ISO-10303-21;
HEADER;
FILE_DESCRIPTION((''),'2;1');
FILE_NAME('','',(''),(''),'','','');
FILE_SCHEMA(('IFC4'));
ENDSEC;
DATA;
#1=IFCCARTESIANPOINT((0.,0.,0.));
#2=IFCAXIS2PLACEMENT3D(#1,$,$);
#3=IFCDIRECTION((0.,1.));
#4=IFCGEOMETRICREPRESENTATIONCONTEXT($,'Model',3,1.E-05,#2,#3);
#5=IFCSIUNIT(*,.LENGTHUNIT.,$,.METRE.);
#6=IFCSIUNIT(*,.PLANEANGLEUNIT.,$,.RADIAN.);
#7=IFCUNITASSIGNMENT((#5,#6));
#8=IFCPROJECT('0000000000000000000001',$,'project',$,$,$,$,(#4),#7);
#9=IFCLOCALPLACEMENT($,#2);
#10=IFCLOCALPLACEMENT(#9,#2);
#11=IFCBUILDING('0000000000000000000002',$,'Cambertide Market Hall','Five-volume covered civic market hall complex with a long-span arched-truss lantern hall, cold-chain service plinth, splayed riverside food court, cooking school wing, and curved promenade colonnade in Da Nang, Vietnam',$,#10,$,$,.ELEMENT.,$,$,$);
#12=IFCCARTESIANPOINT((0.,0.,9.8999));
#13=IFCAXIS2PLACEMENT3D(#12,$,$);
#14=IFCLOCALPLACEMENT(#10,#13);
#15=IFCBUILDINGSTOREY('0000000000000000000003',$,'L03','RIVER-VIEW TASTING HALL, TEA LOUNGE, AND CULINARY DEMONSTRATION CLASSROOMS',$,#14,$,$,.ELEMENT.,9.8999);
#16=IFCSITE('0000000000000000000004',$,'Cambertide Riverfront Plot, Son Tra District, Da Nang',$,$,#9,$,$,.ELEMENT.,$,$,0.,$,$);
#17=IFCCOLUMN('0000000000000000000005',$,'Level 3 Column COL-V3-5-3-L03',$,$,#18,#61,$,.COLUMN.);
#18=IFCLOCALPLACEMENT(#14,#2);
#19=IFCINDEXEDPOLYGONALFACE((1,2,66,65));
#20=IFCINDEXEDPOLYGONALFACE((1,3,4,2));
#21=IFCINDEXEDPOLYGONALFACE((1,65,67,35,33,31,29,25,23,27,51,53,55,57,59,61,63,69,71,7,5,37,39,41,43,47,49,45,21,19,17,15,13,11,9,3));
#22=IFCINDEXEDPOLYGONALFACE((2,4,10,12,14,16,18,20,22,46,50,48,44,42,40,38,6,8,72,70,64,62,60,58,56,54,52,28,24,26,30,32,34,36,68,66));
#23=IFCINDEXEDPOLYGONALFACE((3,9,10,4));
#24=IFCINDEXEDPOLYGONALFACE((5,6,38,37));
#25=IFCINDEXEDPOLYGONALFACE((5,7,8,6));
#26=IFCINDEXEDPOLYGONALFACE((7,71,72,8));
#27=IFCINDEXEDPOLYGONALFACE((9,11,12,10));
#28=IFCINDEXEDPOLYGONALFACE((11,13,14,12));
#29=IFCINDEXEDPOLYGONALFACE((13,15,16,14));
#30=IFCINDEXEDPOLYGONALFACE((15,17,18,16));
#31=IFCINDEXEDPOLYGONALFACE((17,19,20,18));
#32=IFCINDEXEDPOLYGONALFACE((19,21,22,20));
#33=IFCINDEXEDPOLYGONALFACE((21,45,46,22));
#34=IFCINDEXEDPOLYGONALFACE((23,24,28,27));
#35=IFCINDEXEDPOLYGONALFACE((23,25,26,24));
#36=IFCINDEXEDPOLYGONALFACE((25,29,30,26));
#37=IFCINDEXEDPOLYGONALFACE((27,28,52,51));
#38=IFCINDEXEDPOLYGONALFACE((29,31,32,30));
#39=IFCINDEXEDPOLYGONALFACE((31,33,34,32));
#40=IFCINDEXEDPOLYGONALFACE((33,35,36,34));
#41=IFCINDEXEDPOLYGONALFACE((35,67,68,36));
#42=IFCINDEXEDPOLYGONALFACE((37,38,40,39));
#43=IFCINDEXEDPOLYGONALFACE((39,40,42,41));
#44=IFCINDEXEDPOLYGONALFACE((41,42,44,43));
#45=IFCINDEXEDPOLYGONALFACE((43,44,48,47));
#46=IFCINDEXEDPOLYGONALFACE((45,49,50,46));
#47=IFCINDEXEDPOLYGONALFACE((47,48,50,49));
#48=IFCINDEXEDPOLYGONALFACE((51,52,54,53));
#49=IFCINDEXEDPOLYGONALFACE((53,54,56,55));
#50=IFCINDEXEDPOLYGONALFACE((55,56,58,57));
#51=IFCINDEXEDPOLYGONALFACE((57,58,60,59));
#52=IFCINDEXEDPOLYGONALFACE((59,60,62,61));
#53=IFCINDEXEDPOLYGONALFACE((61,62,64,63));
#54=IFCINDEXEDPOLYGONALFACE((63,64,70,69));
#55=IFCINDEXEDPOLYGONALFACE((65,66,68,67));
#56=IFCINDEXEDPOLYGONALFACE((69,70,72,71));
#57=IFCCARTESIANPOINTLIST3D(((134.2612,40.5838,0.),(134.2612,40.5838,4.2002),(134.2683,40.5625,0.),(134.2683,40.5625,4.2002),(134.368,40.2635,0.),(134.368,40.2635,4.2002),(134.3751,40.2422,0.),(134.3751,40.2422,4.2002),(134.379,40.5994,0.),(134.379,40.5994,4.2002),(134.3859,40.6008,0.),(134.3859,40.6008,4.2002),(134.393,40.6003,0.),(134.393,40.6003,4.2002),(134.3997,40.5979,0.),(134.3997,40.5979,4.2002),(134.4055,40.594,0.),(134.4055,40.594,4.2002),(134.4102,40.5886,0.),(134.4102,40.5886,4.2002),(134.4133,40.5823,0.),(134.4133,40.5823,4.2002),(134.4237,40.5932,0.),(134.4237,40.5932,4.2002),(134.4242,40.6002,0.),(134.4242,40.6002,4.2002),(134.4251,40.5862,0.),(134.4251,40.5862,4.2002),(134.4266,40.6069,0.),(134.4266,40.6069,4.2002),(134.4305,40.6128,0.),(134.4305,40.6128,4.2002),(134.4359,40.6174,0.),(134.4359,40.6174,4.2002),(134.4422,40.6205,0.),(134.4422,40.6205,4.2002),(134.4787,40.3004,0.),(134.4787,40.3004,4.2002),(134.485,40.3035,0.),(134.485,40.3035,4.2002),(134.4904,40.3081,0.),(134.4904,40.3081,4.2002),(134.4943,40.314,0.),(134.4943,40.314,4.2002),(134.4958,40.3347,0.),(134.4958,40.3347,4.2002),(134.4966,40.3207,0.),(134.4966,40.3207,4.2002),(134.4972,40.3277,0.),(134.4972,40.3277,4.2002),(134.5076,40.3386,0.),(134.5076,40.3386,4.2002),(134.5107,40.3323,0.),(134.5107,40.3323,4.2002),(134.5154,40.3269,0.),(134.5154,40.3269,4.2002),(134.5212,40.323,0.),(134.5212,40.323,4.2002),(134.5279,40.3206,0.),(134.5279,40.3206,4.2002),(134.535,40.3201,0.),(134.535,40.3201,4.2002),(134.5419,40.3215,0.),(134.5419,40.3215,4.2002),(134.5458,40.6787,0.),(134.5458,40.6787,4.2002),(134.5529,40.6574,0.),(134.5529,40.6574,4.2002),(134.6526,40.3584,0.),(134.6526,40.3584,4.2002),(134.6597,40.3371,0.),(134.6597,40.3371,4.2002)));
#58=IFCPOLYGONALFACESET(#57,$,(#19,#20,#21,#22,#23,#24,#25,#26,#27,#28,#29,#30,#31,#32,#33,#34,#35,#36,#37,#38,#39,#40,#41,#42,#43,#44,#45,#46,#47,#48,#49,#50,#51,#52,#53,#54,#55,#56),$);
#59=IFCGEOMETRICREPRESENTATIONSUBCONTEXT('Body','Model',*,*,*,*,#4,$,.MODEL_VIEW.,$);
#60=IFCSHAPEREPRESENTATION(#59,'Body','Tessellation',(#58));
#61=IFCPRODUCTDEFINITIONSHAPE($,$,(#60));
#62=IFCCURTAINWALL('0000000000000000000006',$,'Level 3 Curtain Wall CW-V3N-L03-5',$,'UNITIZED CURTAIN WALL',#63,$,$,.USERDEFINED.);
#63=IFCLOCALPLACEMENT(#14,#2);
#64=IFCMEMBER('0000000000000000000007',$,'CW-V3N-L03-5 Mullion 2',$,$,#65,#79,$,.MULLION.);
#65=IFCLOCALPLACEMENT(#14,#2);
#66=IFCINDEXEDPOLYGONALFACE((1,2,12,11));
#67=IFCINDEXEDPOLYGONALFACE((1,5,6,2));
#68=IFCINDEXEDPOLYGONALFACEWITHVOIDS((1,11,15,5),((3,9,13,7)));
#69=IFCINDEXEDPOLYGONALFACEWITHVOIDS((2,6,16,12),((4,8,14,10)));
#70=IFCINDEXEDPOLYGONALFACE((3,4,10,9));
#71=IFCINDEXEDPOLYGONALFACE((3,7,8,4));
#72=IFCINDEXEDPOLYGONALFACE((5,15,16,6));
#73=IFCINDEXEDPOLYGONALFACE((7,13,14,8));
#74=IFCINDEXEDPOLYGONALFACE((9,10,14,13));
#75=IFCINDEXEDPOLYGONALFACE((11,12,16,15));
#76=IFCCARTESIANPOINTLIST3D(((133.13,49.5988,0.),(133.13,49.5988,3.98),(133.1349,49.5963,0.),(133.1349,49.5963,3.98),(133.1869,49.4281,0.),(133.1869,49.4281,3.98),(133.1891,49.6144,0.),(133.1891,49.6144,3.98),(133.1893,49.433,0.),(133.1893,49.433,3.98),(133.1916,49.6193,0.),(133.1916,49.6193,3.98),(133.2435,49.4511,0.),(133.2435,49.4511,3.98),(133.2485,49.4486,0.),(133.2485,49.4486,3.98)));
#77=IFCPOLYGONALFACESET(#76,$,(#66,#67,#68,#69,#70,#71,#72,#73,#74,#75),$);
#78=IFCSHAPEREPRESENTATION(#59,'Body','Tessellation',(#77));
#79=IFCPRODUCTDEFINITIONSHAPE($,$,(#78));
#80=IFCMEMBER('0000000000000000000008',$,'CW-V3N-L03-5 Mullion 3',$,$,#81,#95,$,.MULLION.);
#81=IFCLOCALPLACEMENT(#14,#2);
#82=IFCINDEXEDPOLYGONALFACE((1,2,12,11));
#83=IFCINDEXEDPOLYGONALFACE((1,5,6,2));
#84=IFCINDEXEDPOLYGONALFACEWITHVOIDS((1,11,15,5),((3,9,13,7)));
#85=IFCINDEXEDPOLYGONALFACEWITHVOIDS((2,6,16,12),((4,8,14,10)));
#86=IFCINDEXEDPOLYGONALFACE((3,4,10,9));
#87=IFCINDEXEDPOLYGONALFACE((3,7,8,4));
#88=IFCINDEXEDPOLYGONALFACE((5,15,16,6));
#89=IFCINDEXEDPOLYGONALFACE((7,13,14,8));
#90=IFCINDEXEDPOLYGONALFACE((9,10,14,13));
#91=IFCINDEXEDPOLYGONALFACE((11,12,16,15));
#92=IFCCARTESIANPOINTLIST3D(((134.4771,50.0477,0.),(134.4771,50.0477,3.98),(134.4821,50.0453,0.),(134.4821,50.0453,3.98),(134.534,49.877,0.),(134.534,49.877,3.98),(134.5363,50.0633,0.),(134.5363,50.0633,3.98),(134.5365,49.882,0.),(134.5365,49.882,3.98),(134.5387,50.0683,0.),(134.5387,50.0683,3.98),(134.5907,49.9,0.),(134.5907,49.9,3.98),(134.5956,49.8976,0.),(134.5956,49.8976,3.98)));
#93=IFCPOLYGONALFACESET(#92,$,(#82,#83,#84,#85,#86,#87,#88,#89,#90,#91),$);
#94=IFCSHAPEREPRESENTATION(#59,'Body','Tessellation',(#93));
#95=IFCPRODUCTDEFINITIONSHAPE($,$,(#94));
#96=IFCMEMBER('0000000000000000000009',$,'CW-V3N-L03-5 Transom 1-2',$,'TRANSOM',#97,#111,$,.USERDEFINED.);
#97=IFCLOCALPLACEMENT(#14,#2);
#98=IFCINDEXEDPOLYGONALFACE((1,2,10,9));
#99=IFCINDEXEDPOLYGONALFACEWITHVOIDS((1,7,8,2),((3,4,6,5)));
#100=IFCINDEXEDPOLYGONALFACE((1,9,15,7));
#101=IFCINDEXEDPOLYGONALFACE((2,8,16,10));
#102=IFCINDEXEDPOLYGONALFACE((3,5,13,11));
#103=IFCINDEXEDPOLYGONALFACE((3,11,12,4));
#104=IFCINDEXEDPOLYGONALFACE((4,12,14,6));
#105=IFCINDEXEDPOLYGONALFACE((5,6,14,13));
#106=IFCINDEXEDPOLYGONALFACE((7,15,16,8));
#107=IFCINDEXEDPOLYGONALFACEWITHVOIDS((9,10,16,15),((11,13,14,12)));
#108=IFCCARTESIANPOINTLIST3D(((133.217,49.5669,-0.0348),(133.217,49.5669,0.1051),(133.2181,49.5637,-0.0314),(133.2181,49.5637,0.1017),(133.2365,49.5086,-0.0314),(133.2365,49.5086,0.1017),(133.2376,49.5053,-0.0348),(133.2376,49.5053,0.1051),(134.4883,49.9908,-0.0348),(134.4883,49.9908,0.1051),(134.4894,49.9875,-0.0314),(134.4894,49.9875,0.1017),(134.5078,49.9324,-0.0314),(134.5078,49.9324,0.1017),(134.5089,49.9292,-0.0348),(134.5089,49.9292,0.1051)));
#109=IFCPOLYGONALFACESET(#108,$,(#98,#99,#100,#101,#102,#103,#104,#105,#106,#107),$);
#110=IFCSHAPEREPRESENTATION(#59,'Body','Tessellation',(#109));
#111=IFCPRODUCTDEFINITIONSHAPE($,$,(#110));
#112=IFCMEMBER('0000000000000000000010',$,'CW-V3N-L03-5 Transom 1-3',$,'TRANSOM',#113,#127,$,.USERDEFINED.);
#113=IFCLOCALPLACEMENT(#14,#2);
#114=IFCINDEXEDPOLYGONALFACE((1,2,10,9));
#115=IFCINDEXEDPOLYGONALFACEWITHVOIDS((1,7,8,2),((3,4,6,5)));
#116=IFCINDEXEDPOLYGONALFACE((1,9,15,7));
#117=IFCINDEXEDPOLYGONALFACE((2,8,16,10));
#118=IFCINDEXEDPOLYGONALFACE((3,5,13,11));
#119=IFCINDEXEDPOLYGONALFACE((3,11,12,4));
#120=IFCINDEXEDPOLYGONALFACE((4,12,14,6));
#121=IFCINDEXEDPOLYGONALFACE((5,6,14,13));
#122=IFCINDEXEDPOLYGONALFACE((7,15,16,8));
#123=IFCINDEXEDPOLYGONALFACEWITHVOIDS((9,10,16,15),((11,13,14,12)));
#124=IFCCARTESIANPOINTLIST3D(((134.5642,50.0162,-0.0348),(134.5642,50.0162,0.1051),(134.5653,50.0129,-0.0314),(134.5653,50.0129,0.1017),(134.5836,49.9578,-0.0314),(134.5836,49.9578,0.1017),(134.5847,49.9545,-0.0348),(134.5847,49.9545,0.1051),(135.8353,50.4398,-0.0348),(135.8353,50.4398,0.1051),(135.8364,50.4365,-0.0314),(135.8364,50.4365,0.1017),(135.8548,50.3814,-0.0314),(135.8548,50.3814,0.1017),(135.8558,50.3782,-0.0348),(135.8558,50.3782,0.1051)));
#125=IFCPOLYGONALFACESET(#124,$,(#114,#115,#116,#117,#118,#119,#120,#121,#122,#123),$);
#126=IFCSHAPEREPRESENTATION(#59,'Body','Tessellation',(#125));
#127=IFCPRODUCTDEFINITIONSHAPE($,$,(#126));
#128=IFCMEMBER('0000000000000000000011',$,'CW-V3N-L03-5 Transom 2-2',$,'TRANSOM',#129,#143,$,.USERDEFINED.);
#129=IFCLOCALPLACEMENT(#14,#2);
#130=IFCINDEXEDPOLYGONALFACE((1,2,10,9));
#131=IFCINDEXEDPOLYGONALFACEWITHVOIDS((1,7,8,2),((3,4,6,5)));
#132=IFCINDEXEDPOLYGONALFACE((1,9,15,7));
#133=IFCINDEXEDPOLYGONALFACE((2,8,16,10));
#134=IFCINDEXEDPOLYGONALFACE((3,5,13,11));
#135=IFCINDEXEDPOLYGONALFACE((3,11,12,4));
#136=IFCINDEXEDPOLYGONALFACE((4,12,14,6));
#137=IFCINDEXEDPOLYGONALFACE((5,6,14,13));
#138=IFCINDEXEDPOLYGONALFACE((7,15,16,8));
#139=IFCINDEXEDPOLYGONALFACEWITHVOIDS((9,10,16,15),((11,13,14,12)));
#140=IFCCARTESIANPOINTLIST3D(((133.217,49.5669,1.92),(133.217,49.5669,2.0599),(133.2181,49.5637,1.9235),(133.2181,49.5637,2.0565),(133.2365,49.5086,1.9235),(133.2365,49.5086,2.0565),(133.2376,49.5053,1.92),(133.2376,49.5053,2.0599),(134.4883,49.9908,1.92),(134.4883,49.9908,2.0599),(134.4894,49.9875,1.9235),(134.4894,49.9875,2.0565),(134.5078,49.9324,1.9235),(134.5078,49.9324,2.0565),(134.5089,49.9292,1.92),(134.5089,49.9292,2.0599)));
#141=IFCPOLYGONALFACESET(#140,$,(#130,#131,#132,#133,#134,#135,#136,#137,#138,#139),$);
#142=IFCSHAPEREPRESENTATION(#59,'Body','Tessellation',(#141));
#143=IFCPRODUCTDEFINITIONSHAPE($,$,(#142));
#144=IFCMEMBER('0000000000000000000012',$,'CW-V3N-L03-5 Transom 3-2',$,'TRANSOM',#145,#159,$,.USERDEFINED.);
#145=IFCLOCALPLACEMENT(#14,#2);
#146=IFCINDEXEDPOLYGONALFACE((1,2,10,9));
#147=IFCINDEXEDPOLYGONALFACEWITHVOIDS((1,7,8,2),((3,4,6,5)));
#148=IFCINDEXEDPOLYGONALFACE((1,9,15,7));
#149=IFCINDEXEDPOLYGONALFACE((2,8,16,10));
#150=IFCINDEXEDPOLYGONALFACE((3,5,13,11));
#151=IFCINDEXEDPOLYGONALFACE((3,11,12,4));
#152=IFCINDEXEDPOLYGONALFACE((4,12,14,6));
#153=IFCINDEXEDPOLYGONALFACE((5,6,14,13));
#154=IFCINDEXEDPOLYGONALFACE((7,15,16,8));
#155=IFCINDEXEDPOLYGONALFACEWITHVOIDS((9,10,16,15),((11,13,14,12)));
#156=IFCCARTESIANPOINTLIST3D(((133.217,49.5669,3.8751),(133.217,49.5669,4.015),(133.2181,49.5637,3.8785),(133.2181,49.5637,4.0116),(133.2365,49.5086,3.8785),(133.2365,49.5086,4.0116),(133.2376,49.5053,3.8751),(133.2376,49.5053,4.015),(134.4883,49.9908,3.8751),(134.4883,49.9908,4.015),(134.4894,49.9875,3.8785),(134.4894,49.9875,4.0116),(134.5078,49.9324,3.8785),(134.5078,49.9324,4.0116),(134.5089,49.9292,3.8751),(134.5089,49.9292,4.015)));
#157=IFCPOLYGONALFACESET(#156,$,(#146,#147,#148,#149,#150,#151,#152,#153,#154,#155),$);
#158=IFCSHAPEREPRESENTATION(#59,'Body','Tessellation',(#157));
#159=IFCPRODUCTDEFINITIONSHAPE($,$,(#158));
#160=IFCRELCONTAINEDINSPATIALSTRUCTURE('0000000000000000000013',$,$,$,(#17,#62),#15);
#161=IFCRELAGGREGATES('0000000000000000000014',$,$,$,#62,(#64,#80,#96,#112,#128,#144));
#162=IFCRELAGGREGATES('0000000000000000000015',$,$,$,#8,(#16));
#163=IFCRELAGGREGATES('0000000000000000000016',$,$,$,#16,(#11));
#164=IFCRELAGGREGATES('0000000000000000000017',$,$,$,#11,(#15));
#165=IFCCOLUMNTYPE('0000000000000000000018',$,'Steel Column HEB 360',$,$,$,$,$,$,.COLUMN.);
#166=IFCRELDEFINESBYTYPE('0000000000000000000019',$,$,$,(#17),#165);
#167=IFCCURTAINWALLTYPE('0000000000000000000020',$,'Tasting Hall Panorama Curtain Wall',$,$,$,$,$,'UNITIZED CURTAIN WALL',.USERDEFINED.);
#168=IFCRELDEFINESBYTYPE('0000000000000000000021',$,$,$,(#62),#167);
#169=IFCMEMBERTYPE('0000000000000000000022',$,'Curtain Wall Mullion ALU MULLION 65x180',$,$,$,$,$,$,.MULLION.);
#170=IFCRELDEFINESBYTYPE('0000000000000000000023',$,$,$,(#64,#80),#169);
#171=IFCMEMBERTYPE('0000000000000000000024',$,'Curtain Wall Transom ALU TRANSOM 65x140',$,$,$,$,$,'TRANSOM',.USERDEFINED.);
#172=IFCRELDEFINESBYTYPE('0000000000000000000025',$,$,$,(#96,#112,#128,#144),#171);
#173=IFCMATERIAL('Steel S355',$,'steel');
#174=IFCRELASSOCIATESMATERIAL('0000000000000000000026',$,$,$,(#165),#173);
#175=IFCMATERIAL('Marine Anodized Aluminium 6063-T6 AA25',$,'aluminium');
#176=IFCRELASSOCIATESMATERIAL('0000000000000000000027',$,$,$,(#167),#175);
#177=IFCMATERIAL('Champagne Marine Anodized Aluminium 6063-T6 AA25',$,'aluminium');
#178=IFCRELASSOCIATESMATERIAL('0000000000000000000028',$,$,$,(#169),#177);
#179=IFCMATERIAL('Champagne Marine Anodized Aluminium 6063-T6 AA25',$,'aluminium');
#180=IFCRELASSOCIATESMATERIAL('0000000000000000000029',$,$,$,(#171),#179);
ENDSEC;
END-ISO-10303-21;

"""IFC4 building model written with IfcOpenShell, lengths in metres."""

from ifc_helpers import new_model, si_unit, direction, frame, origin, origin_2d, place, context, subcontext, project, spatial, hollow_rectangle, i_section, extrude, material, material_profile, profile_set, type_object, element, aggregate, save


model = new_model("IFC4")

# Units and contexts
model_context = context("Model", 3, precision=1e-05, world=origin(), true_north=direction((0.0, 1.0)))
body_context = subcontext(model_context, "Body", "Model", "MODEL_VIEW")
ifc_project = project(units=[si_unit("LENGTHUNIT", "METRE"), si_unit("PLANEANGLEUNIT", "RADIAN")], contexts=[model_context])

# Site, building, storey
site_placement = place(None, origin())
site = spatial("IfcSite", under=ifc_project, at=site_placement, Name="Cambertide Riverfront Plot, Son Tra District, Da Nang", CompositionType="ELEMENT", RefElevation=0.0)
building_placement = place(site_placement, origin())
building = spatial("IfcBuilding", under=site, at=building_placement, Name="Cambertide Market Hall", Description="Five-volume covered civic market hall complex with a long-span arched-truss lantern hall, cold-chain service plinth, splayed riverside food court, cooking school wing, and curved promenade colonnade in Da Nang, Vietnam", CompositionType="ELEMENT")
storey_placement = place(building_placement, frame((0.0, 0.0, 9.8999)))
storey = spatial("IfcBuildingStorey", under=building, at=storey_placement, Name="L03", Description="RIVER-VIEW TASTING HALL, TEA LOUNGE, AND CULINARY DEMONSTRATION CLASSROOMS", CompositionType="ELEMENT", Elevation=9.8999)

# Column
ifc_material_1 = material(Name="Steel S355", Category="steel")
ifc_material_profile_1 = material_profile(ifc_material_1, i_section(OverallWidth=0.3, OverallDepth=0.3601, WebThickness=0.0125, FlangeThickness=0.0225, FilletRadius=0.0271, at=origin_2d()), Name="HEB 360")
ifc_profile_set_1 = profile_set([ifc_material_profile_1], Name="Steel S355")
column_type = type_object("IfcColumnType", Name="Steel Column HEB 360", PredefinedType="COLUMN", material=ifc_profile_set_1)
column_placement = place(storey_placement, frame((134.4604, 40.4604, 0.0), z_axis=(0.0, 0.0, 1.0), x_axis=(0.948683, 0.316228, 0.0)))
element("IfcColumn", 1, at=column_placement, inside=storey, type_object=column_type, Name="Level 3 Column COL-V3-5-3-L03", PredefinedType="COLUMN", context=body_context, shape_type="SweptSolid", body=[
    extrude(i_section(OverallWidth=0.3, OverallDepth=0.3601, WebThickness=0.0125, FlangeThickness=0.0225, FilletRadius=0.0271, at=origin_2d()), origin(), (0.0, 0.0, 1.0), 4.2002),
])

# Curtain wall, members
ifc_material_2 = material(Name="Marine Anodized Aluminium 6063-T6 AA25", Category="aluminium")
curtain_wall_type = type_object("IfcCurtainWallType", Name="Tasting Hall Panorama Curtain Wall", ElementType="UNITIZED CURTAIN WALL", PredefinedType="USERDEFINED", material=ifc_material_2)
curtain_wall_placement = place(storey_placement, origin())
curtain_wall = element("IfcCurtainWall", 2, at=curtain_wall_placement, inside=storey, type_object=curtain_wall_type, Name="Level 3 Curtain Wall CW-V3N-L03-5", ObjectType="UNITIZED CURTAIN WALL", PredefinedType="USERDEFINED")
ifc_material_3 = material(Name="Champagne Marine Anodized Aluminium 6063-T6 AA25", Category="aluminium")
ifc_material_profile_2 = material_profile(ifc_material_3, hollow_rectangle(XDim=0.0649, YDim=0.1799, WallThickness=0.0039, at=origin_2d()), Name="ALU MULLION 65x180")
ifc_profile_set_2 = profile_set([ifc_material_profile_2], Name="Champagne Marine Anodized Aluminium 6063-T6 AA25")
member_type_1 = type_object("IfcMemberType", Name="Curtain Wall Mullion ALU MULLION 65x180", PredefinedType="MULLION", material=ifc_profile_set_2)
member_1_placement = place(storey_placement, frame((133.1892, 49.5237, 0.0), z_axis=(0.0, 0.0, 1.0), x_axis=(0.948683, 0.316228, 0.0)))
member_1 = element("IfcMember", 3, at=member_1_placement, type_object=member_type_1, Name="CW-V3N-L03-5 Mullion 2", PredefinedType="MULLION", context=body_context, shape_type="SweptSolid", body=[
    extrude(hollow_rectangle(XDim=0.0649, YDim=0.1799, WallThickness=0.0039, at=origin_2d()), origin(), (0.0, 0.0, 1.0), 3.98),
])
member_2_placement = place(storey_placement, frame((134.5364, 49.9727, 0.0), z_axis=(0.0, 0.0, 1.0), x_axis=(0.948683, 0.316228, 0.0)))
member_2 = element("IfcMember", 4, at=member_2_placement, type_object=member_type_1, Name="CW-V3N-L03-5 Mullion 3", PredefinedType="MULLION", context=body_context, shape_type="SweptSolid", body=[
    extrude(hollow_rectangle(XDim=0.0649, YDim=0.1799, WallThickness=0.0039, at=origin_2d()), origin(), (0.0, 0.0, 1.0), 3.98),
])
ifc_material_4 = material(Name="Champagne Marine Anodized Aluminium 6063-T6 AA25", Category="aluminium")
ifc_material_profile_3 = material_profile(ifc_material_4, hollow_rectangle(XDim=0.0649, YDim=0.1399, WallThickness=0.0034, at=origin_2d()), Name="ALU TRANSOM 65x140")
ifc_profile_set_3 = profile_set([ifc_material_profile_3], Name="Champagne Marine Anodized Aluminium 6063-T6 AA25")
member_type_2 = type_object("IfcMemberType", Name="Curtain Wall Transom ALU TRANSOM 65x140", ElementType="TRANSOM", PredefinedType="USERDEFINED", material=ifc_profile_set_3)
member_3_placement = place(storey_placement, frame((133.2273, 49.5361, 0.0352), z_axis=(0.948665, 0.316282, 0.0), x_axis=(-0.316282, 0.948665, 0.0)))
member_3 = element("IfcMember", 5, at=member_3_placement, type_object=member_type_2, Name="CW-V3N-L03-5 Transom 1-2", ObjectType="TRANSOM", PredefinedType="USERDEFINED", context=body_context, shape_type="SweptSolid", body=[
    extrude(hollow_rectangle(XDim=0.0649, YDim=0.1399, WallThickness=0.0034, at=origin_2d()), origin(), (0.0, 0.0, 1.0), 1.3401),
])
member_4_placement = place(storey_placement, frame((134.5745, 49.9854, 0.0352), z_axis=(0.948702, 0.316173, 0.0), x_axis=(-0.316173, 0.948702, 0.0)))
member_4 = element("IfcMember", 6, at=member_4_placement, type_object=member_type_2, Name="CW-V3N-L03-5 Transom 1-3", ObjectType="TRANSOM", PredefinedType="USERDEFINED", context=body_context, shape_type="SweptSolid", body=[
    extrude(hollow_rectangle(XDim=0.0649, YDim=0.1399, WallThickness=0.0034, at=origin_2d()), origin(), (0.0, 0.0, 1.0), 1.3398),
])
member_5_placement = place(storey_placement, frame((133.2273, 49.5361, 1.99), z_axis=(0.948665, 0.316282, 0.0), x_axis=(-0.316282, 0.948665, 0.0)))
member_5 = element("IfcMember", 7, at=member_5_placement, type_object=member_type_2, Name="CW-V3N-L03-5 Transom 2-2", ObjectType="TRANSOM", PredefinedType="USERDEFINED", context=body_context, shape_type="SweptSolid", body=[
    extrude(hollow_rectangle(XDim=0.0649, YDim=0.1399, WallThickness=0.0034, at=origin_2d()), origin(), (0.0, 0.0, 1.0), 1.3401),
])
member_6_placement = place(storey_placement, frame((133.2273, 49.5361, 3.9451), z_axis=(0.948665, 0.316282, 0.0), x_axis=(-0.316282, 0.948665, 0.0)))
member_6 = element("IfcMember", 8, at=member_6_placement, type_object=member_type_2, Name="CW-V3N-L03-5 Transom 3-2", ObjectType="TRANSOM", PredefinedType="USERDEFINED", context=body_context, shape_type="SweptSolid", body=[
    extrude(hollow_rectangle(XDim=0.0649, YDim=0.1399, WallThickness=0.0034, at=origin_2d()), origin(), (0.0, 0.0, 1.0), 1.3401),
])

aggregate(curtain_wall, [member_1, member_2, member_3, member_4, member_5, member_6])

save(model, "model.ifc")
